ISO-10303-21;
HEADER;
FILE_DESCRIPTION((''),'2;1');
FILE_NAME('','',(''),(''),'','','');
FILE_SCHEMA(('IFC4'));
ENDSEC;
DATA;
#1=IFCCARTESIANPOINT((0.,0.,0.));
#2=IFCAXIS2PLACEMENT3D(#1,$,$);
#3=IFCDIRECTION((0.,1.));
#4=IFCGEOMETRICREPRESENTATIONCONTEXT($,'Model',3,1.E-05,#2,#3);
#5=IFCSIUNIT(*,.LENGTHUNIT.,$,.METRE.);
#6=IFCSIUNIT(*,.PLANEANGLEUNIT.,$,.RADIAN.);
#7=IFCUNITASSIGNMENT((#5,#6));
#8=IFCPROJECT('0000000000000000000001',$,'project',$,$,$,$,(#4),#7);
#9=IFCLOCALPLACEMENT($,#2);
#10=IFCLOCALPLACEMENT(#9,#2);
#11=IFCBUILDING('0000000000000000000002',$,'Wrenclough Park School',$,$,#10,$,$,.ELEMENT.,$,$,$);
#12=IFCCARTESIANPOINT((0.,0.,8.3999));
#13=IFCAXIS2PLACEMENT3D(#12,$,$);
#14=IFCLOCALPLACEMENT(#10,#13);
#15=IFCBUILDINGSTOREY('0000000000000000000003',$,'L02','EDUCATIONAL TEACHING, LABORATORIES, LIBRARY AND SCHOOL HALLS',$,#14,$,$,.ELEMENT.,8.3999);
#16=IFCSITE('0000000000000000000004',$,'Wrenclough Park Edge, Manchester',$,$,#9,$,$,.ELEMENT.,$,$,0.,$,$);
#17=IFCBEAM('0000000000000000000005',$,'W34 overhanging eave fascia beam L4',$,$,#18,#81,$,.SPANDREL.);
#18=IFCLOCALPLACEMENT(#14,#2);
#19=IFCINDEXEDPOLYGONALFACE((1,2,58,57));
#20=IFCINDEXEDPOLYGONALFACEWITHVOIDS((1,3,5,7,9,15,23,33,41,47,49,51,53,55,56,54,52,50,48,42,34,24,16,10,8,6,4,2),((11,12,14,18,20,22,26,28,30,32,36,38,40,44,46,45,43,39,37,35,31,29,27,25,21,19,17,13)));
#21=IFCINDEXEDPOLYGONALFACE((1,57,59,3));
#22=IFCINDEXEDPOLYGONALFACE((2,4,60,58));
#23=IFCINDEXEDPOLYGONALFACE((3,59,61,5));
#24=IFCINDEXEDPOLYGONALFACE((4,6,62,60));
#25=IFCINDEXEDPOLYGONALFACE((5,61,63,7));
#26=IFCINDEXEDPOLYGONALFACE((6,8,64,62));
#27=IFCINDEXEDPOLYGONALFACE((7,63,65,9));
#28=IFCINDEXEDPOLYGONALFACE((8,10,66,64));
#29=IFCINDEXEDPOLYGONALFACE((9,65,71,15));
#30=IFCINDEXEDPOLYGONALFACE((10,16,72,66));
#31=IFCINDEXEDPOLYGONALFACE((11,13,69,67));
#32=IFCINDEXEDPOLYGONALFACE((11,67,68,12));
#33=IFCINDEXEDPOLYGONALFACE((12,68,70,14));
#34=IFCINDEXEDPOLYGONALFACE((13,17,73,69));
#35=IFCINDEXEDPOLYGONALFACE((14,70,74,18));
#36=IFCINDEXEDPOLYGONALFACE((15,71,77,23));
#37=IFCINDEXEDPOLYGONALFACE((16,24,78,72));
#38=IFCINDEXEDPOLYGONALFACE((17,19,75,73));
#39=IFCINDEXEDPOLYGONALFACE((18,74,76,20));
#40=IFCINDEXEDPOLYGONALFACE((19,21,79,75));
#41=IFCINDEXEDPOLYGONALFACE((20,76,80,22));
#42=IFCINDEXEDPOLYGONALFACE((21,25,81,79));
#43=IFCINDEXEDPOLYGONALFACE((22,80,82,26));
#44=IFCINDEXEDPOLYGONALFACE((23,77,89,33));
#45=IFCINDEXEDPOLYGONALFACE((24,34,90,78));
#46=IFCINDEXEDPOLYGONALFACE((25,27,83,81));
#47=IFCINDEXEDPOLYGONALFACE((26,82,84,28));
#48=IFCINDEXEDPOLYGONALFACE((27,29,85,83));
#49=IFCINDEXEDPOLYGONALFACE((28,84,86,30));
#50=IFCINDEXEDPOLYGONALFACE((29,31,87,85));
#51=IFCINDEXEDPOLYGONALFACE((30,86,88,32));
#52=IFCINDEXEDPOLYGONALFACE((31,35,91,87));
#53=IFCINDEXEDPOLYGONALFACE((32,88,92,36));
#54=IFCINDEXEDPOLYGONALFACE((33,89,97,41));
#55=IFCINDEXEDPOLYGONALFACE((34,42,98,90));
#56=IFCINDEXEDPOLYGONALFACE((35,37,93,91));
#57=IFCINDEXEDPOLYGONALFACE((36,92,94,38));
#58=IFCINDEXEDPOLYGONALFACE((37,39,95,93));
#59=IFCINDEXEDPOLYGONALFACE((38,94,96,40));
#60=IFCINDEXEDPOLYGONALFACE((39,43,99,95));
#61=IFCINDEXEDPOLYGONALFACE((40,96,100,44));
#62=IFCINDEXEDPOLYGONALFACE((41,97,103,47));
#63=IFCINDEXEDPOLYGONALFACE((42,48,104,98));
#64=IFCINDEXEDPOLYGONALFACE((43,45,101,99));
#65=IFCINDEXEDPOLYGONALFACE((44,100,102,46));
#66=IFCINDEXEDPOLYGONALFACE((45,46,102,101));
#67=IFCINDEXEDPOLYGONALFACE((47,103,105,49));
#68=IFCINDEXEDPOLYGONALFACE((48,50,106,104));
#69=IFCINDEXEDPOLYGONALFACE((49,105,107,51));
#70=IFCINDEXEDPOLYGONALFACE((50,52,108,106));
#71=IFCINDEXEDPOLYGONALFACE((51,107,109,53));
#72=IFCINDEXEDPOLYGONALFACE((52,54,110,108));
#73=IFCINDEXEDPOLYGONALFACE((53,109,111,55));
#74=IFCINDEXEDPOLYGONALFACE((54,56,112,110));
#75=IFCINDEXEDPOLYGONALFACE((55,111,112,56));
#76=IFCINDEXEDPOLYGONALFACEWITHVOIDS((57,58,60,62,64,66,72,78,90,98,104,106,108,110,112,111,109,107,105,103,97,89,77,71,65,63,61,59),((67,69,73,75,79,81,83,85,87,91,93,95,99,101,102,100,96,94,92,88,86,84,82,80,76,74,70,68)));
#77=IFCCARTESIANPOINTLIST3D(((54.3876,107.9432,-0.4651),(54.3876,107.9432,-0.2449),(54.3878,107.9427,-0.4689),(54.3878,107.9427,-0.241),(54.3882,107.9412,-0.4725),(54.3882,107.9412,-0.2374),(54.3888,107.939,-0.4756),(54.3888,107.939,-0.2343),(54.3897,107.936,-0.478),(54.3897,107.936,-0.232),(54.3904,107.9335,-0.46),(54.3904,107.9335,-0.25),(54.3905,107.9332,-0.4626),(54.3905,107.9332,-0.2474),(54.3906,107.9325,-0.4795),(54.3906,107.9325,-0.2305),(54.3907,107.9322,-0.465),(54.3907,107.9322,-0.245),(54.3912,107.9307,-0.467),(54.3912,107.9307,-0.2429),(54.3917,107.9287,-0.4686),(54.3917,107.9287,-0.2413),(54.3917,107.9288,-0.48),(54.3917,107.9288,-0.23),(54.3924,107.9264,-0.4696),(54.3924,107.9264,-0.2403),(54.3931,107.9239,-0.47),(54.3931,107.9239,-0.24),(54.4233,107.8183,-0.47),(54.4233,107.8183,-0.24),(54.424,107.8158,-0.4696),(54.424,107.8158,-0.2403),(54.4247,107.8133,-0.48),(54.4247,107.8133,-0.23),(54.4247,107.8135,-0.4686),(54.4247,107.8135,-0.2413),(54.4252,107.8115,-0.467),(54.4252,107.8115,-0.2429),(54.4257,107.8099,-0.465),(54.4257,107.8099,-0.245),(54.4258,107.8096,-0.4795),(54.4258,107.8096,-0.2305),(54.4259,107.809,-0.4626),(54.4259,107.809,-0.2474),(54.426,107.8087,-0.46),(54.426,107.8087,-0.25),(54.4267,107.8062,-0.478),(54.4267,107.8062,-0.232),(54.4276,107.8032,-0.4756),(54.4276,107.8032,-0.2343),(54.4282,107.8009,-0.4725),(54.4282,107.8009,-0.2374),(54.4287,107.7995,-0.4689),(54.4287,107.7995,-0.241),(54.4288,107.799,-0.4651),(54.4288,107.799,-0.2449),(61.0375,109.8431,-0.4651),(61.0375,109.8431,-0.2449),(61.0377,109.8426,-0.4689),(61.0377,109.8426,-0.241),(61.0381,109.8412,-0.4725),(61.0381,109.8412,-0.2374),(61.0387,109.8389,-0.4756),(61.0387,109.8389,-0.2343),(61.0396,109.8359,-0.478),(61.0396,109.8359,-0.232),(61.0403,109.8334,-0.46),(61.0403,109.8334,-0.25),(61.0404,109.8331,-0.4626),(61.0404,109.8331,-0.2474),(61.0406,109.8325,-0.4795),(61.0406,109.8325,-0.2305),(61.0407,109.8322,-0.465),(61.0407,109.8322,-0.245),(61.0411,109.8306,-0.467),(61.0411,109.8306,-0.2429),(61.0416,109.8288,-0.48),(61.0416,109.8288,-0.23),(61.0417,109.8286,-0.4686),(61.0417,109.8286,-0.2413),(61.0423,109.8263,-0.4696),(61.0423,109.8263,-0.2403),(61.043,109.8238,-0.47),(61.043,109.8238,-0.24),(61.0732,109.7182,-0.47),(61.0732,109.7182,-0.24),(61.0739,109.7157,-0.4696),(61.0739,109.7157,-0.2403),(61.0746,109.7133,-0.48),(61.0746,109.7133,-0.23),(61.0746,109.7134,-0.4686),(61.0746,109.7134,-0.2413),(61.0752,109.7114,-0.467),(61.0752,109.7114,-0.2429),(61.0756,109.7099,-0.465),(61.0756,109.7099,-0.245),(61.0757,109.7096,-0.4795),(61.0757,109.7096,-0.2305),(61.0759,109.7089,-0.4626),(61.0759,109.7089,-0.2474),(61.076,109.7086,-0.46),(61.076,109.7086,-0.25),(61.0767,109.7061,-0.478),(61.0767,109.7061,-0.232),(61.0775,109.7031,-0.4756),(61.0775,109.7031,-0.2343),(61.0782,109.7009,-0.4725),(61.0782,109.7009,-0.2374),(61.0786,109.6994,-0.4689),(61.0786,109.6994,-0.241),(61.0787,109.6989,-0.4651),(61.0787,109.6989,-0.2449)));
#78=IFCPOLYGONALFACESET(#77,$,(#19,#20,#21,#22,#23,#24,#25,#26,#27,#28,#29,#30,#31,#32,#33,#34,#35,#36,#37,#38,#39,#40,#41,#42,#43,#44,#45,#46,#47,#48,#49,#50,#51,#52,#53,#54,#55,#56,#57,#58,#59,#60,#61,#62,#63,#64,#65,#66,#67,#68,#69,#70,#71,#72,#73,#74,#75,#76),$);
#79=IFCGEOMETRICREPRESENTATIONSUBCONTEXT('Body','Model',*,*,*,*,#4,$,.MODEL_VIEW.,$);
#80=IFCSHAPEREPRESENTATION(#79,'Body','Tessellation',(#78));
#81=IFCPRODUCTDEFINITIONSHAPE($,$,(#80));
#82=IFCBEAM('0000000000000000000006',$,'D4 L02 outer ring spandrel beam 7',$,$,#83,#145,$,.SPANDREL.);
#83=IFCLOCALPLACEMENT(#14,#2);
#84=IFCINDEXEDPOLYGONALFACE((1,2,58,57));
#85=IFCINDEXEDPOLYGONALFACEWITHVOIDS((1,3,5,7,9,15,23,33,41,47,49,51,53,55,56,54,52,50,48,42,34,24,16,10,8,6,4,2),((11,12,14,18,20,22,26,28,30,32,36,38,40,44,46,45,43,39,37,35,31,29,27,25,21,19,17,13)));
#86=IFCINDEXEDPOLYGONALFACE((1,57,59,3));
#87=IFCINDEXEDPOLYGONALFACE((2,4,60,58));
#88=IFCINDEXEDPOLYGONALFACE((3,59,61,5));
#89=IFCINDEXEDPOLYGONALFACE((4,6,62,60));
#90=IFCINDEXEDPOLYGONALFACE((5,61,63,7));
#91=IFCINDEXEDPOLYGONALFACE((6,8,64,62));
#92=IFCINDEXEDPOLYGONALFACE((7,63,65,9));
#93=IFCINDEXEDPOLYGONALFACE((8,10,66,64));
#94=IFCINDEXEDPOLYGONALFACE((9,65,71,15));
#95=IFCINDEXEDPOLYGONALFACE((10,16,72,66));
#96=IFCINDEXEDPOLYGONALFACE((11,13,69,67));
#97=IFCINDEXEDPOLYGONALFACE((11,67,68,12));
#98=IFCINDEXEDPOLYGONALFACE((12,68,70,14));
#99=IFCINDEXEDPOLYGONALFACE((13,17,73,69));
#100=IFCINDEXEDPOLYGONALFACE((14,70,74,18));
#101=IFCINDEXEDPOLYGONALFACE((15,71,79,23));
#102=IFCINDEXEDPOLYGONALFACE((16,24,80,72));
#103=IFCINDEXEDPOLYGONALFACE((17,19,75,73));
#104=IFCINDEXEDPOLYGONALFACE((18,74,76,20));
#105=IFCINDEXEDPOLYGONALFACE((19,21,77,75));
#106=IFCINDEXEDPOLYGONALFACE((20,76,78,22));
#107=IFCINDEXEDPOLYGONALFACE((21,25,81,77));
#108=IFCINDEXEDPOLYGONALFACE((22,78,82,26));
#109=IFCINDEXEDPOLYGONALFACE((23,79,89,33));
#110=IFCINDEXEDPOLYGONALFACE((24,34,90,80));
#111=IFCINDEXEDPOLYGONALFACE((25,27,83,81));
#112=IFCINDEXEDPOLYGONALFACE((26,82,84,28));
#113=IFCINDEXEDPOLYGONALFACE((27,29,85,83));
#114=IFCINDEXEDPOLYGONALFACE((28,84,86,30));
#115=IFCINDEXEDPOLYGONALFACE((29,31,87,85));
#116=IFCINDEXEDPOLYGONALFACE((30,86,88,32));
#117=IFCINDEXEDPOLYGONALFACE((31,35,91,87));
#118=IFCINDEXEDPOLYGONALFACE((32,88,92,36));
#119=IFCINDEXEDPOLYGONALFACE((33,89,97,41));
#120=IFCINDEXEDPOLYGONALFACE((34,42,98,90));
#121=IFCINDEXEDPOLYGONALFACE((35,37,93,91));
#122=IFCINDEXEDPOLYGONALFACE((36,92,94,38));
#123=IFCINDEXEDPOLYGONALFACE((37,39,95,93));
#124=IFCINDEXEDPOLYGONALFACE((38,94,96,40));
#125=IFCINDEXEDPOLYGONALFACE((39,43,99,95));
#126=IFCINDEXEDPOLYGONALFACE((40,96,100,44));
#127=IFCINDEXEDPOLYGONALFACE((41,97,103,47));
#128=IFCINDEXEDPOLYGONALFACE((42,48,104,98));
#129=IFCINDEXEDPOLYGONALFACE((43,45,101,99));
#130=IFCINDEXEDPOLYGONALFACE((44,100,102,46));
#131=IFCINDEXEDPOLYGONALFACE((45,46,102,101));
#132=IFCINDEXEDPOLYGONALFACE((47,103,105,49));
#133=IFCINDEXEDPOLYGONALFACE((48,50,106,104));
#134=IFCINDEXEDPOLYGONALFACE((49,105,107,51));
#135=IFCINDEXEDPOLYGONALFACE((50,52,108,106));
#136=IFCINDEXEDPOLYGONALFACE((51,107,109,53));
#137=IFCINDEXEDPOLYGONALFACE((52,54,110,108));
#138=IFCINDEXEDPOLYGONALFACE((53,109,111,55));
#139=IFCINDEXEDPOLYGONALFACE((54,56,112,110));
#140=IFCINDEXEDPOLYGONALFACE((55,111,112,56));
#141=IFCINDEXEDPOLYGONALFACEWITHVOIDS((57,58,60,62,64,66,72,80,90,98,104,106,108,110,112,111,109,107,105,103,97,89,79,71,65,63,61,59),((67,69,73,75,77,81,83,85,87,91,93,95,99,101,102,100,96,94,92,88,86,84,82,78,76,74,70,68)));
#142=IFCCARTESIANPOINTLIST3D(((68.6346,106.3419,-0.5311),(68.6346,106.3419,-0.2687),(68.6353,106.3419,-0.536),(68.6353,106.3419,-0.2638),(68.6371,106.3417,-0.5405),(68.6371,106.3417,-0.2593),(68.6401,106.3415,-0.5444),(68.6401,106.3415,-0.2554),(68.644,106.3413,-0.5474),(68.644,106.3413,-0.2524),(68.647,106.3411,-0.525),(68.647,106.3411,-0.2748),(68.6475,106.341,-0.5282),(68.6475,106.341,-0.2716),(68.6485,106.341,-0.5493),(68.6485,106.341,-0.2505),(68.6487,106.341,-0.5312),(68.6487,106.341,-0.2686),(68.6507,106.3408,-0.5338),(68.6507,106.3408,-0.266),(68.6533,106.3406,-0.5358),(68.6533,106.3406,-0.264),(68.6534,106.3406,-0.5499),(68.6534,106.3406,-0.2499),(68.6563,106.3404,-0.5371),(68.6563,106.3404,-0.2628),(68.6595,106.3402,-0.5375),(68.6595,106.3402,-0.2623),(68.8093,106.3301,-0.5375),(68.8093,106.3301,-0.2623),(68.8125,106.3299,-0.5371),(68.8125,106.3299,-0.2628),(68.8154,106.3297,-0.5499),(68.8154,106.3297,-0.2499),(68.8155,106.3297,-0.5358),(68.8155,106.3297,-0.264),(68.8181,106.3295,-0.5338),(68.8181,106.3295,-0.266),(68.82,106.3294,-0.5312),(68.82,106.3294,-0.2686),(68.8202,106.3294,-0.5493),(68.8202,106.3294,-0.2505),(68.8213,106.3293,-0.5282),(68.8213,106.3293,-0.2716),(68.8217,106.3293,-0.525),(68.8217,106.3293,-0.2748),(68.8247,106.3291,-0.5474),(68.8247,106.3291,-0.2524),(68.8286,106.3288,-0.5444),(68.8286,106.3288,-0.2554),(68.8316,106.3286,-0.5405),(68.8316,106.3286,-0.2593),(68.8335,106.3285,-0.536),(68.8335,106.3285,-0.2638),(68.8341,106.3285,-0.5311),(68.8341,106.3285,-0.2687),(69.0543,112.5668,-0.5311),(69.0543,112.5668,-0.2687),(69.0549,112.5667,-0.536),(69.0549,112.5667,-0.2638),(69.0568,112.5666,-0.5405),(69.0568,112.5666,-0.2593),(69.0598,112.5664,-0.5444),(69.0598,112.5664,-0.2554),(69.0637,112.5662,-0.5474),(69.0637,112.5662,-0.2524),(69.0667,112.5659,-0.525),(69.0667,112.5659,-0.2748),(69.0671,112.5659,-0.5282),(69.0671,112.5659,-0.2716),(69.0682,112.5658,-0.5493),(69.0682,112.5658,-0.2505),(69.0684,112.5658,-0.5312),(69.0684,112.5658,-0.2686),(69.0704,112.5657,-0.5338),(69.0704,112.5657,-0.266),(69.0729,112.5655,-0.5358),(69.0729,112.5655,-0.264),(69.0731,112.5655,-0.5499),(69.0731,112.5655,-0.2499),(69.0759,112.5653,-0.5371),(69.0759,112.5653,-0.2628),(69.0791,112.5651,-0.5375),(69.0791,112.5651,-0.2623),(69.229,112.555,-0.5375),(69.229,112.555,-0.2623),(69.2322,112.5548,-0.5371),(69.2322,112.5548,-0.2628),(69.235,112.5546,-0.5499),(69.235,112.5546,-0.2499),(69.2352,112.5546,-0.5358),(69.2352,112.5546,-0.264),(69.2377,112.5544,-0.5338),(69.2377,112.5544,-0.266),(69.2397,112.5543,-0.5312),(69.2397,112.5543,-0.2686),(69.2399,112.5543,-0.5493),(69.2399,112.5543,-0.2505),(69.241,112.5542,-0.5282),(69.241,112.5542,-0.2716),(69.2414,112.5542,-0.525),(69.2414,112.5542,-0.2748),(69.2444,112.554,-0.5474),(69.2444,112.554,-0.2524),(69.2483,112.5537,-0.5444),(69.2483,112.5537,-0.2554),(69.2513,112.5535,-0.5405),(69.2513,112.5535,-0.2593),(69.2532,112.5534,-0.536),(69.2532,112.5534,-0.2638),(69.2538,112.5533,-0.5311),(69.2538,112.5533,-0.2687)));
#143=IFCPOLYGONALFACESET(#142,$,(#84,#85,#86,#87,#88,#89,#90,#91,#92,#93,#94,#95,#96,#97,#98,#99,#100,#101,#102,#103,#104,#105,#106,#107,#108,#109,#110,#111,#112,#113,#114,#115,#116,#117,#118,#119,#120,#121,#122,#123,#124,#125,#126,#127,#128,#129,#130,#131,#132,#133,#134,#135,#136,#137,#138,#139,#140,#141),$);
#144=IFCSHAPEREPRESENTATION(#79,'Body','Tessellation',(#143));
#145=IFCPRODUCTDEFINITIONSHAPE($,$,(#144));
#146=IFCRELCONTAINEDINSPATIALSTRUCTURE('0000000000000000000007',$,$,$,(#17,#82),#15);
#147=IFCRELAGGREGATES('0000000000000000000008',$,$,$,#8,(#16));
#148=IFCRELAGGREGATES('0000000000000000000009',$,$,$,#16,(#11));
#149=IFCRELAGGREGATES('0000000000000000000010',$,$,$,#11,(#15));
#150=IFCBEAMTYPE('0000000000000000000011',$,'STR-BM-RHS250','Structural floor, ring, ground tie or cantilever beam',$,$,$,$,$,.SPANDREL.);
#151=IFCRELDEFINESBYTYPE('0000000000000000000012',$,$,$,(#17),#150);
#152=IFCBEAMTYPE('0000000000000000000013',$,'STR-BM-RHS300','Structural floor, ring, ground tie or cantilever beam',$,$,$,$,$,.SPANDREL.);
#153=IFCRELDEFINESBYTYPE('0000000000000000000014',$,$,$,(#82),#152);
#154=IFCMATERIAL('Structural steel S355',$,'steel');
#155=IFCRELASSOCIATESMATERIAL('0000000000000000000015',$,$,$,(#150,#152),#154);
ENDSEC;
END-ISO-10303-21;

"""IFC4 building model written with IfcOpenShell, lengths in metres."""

from ifc_helpers import new_model, si_unit, direction, frame, origin, origin_2d, place, context, subcontext, project, spatial, hollow_rectangle, extrude, material, material_profile, profile_set, type_object, element, save


model = new_model("IFC4")

# Units and contexts
model_context = context("Model", 3, precision=1e-05, world=origin(), true_north=direction((0.0, 1.0)))
body_context = subcontext(model_context, "Body", "Model", "MODEL_VIEW")
ifc_project = project(units=[si_unit("LENGTHUNIT", "METRE"), si_unit("PLANEANGLEUNIT", "RADIAN")], contexts=[model_context])

# Site, building, storey
site_placement = place(None, origin())
site = spatial("IfcSite", under=ifc_project, at=site_placement, Name="Wrenclough Park Edge, Manchester", CompositionType="ELEMENT", RefElevation=0.0)
building_placement = place(site_placement, origin())
building = spatial("IfcBuilding", under=site, at=building_placement, Name="Wrenclough Park School", CompositionType="ELEMENT")
storey_placement = place(building_placement, frame((0.0, 0.0, 8.3999)))
storey = spatial("IfcBuildingStorey", under=building, at=storey_placement, Name="L02", Description="EDUCATIONAL TEACHING, LABORATORIES, LIBRARY AND SCHOOL HALLS", CompositionType="ELEMENT", Elevation=8.3999)

# Shared definitions
ifc_material_1 = material(Name="Structural steel S355", Category="steel")

# Beams
ifc_material_profile_1 = material_profile(ifc_material_1, hollow_rectangle(XDim=0.1499, YDim=0.25, WallThickness=0.01, InnerFilletRadius=0.01, OuterFilletRadius=0.0149, at=origin_2d()), Name="RHS 250x150x10.0")
ifc_profile_set_1 = profile_set([ifc_material_profile_1], Name="Structural steel S355")
beam_type_1 = type_object("IfcBeamType", Name="STR-BM-RHS250", Description="Structural floor, ring, ground tie or cantilever beam", PredefinedType="SPANDREL", material=ifc_profile_set_1)
beam_1_placement = place(storey_placement, frame((54.4082, 107.8711, -0.355), z_axis=(0.961527, 0.274712, 0.0), x_axis=(-0.274712, 0.961527, 0.0)))
element("IfcBeam", 1, at=beam_1_placement, inside=storey, type_object=beam_type_1, Name="W34 overhanging eave fascia beam L4", PredefinedType="SPANDREL", context=body_context, shape_type="SweptSolid", body=[
    extrude(hollow_rectangle(XDim=0.1499, YDim=0.25, WallThickness=0.01, InnerFilletRadius=0.01, OuterFilletRadius=0.0149, at=origin_2d()), origin(), (0.0, 0.0, 1.0), 6.916),
])
ifc_material_profile_2 = material_profile(ifc_material_1, hollow_rectangle(XDim=0.2, YDim=0.3, WallThickness=0.0125, InnerFilletRadius=0.0125, OuterFilletRadius=0.0188, at=origin_2d()), Name="RHS 300x200x12.5")
ifc_profile_set_2 = profile_set([ifc_material_profile_2], Name="Structural steel S355")
beam_type_2 = type_object("IfcBeamType", Name="STR-BM-RHS300", Description="Structural floor, ring, ground tie or cantilever beam", PredefinedType="SPANDREL", material=ifc_profile_set_2)
beam_2_placement = place(storey_placement, frame((69.1541, 112.5601, -0.3999), z_axis=(-0.067267, -0.997735, 0.0), x_axis=(0.997735, -0.067267, 0.0)))
element("IfcBeam", 2, at=beam_2_placement, inside=storey, type_object=beam_type_2, Name="D4 L02 outer ring spandrel beam 7", PredefinedType="SPANDREL", context=body_context, shape_type="SweptSolid", body=[
    extrude(hollow_rectangle(XDim=0.2, YDim=0.3, WallThickness=0.0125, InnerFilletRadius=0.0125, OuterFilletRadius=0.0188, at=origin_2d()), origin(), (0.0, 0.0, 1.0), 6.239),
])

save(model, "model.ifc")
